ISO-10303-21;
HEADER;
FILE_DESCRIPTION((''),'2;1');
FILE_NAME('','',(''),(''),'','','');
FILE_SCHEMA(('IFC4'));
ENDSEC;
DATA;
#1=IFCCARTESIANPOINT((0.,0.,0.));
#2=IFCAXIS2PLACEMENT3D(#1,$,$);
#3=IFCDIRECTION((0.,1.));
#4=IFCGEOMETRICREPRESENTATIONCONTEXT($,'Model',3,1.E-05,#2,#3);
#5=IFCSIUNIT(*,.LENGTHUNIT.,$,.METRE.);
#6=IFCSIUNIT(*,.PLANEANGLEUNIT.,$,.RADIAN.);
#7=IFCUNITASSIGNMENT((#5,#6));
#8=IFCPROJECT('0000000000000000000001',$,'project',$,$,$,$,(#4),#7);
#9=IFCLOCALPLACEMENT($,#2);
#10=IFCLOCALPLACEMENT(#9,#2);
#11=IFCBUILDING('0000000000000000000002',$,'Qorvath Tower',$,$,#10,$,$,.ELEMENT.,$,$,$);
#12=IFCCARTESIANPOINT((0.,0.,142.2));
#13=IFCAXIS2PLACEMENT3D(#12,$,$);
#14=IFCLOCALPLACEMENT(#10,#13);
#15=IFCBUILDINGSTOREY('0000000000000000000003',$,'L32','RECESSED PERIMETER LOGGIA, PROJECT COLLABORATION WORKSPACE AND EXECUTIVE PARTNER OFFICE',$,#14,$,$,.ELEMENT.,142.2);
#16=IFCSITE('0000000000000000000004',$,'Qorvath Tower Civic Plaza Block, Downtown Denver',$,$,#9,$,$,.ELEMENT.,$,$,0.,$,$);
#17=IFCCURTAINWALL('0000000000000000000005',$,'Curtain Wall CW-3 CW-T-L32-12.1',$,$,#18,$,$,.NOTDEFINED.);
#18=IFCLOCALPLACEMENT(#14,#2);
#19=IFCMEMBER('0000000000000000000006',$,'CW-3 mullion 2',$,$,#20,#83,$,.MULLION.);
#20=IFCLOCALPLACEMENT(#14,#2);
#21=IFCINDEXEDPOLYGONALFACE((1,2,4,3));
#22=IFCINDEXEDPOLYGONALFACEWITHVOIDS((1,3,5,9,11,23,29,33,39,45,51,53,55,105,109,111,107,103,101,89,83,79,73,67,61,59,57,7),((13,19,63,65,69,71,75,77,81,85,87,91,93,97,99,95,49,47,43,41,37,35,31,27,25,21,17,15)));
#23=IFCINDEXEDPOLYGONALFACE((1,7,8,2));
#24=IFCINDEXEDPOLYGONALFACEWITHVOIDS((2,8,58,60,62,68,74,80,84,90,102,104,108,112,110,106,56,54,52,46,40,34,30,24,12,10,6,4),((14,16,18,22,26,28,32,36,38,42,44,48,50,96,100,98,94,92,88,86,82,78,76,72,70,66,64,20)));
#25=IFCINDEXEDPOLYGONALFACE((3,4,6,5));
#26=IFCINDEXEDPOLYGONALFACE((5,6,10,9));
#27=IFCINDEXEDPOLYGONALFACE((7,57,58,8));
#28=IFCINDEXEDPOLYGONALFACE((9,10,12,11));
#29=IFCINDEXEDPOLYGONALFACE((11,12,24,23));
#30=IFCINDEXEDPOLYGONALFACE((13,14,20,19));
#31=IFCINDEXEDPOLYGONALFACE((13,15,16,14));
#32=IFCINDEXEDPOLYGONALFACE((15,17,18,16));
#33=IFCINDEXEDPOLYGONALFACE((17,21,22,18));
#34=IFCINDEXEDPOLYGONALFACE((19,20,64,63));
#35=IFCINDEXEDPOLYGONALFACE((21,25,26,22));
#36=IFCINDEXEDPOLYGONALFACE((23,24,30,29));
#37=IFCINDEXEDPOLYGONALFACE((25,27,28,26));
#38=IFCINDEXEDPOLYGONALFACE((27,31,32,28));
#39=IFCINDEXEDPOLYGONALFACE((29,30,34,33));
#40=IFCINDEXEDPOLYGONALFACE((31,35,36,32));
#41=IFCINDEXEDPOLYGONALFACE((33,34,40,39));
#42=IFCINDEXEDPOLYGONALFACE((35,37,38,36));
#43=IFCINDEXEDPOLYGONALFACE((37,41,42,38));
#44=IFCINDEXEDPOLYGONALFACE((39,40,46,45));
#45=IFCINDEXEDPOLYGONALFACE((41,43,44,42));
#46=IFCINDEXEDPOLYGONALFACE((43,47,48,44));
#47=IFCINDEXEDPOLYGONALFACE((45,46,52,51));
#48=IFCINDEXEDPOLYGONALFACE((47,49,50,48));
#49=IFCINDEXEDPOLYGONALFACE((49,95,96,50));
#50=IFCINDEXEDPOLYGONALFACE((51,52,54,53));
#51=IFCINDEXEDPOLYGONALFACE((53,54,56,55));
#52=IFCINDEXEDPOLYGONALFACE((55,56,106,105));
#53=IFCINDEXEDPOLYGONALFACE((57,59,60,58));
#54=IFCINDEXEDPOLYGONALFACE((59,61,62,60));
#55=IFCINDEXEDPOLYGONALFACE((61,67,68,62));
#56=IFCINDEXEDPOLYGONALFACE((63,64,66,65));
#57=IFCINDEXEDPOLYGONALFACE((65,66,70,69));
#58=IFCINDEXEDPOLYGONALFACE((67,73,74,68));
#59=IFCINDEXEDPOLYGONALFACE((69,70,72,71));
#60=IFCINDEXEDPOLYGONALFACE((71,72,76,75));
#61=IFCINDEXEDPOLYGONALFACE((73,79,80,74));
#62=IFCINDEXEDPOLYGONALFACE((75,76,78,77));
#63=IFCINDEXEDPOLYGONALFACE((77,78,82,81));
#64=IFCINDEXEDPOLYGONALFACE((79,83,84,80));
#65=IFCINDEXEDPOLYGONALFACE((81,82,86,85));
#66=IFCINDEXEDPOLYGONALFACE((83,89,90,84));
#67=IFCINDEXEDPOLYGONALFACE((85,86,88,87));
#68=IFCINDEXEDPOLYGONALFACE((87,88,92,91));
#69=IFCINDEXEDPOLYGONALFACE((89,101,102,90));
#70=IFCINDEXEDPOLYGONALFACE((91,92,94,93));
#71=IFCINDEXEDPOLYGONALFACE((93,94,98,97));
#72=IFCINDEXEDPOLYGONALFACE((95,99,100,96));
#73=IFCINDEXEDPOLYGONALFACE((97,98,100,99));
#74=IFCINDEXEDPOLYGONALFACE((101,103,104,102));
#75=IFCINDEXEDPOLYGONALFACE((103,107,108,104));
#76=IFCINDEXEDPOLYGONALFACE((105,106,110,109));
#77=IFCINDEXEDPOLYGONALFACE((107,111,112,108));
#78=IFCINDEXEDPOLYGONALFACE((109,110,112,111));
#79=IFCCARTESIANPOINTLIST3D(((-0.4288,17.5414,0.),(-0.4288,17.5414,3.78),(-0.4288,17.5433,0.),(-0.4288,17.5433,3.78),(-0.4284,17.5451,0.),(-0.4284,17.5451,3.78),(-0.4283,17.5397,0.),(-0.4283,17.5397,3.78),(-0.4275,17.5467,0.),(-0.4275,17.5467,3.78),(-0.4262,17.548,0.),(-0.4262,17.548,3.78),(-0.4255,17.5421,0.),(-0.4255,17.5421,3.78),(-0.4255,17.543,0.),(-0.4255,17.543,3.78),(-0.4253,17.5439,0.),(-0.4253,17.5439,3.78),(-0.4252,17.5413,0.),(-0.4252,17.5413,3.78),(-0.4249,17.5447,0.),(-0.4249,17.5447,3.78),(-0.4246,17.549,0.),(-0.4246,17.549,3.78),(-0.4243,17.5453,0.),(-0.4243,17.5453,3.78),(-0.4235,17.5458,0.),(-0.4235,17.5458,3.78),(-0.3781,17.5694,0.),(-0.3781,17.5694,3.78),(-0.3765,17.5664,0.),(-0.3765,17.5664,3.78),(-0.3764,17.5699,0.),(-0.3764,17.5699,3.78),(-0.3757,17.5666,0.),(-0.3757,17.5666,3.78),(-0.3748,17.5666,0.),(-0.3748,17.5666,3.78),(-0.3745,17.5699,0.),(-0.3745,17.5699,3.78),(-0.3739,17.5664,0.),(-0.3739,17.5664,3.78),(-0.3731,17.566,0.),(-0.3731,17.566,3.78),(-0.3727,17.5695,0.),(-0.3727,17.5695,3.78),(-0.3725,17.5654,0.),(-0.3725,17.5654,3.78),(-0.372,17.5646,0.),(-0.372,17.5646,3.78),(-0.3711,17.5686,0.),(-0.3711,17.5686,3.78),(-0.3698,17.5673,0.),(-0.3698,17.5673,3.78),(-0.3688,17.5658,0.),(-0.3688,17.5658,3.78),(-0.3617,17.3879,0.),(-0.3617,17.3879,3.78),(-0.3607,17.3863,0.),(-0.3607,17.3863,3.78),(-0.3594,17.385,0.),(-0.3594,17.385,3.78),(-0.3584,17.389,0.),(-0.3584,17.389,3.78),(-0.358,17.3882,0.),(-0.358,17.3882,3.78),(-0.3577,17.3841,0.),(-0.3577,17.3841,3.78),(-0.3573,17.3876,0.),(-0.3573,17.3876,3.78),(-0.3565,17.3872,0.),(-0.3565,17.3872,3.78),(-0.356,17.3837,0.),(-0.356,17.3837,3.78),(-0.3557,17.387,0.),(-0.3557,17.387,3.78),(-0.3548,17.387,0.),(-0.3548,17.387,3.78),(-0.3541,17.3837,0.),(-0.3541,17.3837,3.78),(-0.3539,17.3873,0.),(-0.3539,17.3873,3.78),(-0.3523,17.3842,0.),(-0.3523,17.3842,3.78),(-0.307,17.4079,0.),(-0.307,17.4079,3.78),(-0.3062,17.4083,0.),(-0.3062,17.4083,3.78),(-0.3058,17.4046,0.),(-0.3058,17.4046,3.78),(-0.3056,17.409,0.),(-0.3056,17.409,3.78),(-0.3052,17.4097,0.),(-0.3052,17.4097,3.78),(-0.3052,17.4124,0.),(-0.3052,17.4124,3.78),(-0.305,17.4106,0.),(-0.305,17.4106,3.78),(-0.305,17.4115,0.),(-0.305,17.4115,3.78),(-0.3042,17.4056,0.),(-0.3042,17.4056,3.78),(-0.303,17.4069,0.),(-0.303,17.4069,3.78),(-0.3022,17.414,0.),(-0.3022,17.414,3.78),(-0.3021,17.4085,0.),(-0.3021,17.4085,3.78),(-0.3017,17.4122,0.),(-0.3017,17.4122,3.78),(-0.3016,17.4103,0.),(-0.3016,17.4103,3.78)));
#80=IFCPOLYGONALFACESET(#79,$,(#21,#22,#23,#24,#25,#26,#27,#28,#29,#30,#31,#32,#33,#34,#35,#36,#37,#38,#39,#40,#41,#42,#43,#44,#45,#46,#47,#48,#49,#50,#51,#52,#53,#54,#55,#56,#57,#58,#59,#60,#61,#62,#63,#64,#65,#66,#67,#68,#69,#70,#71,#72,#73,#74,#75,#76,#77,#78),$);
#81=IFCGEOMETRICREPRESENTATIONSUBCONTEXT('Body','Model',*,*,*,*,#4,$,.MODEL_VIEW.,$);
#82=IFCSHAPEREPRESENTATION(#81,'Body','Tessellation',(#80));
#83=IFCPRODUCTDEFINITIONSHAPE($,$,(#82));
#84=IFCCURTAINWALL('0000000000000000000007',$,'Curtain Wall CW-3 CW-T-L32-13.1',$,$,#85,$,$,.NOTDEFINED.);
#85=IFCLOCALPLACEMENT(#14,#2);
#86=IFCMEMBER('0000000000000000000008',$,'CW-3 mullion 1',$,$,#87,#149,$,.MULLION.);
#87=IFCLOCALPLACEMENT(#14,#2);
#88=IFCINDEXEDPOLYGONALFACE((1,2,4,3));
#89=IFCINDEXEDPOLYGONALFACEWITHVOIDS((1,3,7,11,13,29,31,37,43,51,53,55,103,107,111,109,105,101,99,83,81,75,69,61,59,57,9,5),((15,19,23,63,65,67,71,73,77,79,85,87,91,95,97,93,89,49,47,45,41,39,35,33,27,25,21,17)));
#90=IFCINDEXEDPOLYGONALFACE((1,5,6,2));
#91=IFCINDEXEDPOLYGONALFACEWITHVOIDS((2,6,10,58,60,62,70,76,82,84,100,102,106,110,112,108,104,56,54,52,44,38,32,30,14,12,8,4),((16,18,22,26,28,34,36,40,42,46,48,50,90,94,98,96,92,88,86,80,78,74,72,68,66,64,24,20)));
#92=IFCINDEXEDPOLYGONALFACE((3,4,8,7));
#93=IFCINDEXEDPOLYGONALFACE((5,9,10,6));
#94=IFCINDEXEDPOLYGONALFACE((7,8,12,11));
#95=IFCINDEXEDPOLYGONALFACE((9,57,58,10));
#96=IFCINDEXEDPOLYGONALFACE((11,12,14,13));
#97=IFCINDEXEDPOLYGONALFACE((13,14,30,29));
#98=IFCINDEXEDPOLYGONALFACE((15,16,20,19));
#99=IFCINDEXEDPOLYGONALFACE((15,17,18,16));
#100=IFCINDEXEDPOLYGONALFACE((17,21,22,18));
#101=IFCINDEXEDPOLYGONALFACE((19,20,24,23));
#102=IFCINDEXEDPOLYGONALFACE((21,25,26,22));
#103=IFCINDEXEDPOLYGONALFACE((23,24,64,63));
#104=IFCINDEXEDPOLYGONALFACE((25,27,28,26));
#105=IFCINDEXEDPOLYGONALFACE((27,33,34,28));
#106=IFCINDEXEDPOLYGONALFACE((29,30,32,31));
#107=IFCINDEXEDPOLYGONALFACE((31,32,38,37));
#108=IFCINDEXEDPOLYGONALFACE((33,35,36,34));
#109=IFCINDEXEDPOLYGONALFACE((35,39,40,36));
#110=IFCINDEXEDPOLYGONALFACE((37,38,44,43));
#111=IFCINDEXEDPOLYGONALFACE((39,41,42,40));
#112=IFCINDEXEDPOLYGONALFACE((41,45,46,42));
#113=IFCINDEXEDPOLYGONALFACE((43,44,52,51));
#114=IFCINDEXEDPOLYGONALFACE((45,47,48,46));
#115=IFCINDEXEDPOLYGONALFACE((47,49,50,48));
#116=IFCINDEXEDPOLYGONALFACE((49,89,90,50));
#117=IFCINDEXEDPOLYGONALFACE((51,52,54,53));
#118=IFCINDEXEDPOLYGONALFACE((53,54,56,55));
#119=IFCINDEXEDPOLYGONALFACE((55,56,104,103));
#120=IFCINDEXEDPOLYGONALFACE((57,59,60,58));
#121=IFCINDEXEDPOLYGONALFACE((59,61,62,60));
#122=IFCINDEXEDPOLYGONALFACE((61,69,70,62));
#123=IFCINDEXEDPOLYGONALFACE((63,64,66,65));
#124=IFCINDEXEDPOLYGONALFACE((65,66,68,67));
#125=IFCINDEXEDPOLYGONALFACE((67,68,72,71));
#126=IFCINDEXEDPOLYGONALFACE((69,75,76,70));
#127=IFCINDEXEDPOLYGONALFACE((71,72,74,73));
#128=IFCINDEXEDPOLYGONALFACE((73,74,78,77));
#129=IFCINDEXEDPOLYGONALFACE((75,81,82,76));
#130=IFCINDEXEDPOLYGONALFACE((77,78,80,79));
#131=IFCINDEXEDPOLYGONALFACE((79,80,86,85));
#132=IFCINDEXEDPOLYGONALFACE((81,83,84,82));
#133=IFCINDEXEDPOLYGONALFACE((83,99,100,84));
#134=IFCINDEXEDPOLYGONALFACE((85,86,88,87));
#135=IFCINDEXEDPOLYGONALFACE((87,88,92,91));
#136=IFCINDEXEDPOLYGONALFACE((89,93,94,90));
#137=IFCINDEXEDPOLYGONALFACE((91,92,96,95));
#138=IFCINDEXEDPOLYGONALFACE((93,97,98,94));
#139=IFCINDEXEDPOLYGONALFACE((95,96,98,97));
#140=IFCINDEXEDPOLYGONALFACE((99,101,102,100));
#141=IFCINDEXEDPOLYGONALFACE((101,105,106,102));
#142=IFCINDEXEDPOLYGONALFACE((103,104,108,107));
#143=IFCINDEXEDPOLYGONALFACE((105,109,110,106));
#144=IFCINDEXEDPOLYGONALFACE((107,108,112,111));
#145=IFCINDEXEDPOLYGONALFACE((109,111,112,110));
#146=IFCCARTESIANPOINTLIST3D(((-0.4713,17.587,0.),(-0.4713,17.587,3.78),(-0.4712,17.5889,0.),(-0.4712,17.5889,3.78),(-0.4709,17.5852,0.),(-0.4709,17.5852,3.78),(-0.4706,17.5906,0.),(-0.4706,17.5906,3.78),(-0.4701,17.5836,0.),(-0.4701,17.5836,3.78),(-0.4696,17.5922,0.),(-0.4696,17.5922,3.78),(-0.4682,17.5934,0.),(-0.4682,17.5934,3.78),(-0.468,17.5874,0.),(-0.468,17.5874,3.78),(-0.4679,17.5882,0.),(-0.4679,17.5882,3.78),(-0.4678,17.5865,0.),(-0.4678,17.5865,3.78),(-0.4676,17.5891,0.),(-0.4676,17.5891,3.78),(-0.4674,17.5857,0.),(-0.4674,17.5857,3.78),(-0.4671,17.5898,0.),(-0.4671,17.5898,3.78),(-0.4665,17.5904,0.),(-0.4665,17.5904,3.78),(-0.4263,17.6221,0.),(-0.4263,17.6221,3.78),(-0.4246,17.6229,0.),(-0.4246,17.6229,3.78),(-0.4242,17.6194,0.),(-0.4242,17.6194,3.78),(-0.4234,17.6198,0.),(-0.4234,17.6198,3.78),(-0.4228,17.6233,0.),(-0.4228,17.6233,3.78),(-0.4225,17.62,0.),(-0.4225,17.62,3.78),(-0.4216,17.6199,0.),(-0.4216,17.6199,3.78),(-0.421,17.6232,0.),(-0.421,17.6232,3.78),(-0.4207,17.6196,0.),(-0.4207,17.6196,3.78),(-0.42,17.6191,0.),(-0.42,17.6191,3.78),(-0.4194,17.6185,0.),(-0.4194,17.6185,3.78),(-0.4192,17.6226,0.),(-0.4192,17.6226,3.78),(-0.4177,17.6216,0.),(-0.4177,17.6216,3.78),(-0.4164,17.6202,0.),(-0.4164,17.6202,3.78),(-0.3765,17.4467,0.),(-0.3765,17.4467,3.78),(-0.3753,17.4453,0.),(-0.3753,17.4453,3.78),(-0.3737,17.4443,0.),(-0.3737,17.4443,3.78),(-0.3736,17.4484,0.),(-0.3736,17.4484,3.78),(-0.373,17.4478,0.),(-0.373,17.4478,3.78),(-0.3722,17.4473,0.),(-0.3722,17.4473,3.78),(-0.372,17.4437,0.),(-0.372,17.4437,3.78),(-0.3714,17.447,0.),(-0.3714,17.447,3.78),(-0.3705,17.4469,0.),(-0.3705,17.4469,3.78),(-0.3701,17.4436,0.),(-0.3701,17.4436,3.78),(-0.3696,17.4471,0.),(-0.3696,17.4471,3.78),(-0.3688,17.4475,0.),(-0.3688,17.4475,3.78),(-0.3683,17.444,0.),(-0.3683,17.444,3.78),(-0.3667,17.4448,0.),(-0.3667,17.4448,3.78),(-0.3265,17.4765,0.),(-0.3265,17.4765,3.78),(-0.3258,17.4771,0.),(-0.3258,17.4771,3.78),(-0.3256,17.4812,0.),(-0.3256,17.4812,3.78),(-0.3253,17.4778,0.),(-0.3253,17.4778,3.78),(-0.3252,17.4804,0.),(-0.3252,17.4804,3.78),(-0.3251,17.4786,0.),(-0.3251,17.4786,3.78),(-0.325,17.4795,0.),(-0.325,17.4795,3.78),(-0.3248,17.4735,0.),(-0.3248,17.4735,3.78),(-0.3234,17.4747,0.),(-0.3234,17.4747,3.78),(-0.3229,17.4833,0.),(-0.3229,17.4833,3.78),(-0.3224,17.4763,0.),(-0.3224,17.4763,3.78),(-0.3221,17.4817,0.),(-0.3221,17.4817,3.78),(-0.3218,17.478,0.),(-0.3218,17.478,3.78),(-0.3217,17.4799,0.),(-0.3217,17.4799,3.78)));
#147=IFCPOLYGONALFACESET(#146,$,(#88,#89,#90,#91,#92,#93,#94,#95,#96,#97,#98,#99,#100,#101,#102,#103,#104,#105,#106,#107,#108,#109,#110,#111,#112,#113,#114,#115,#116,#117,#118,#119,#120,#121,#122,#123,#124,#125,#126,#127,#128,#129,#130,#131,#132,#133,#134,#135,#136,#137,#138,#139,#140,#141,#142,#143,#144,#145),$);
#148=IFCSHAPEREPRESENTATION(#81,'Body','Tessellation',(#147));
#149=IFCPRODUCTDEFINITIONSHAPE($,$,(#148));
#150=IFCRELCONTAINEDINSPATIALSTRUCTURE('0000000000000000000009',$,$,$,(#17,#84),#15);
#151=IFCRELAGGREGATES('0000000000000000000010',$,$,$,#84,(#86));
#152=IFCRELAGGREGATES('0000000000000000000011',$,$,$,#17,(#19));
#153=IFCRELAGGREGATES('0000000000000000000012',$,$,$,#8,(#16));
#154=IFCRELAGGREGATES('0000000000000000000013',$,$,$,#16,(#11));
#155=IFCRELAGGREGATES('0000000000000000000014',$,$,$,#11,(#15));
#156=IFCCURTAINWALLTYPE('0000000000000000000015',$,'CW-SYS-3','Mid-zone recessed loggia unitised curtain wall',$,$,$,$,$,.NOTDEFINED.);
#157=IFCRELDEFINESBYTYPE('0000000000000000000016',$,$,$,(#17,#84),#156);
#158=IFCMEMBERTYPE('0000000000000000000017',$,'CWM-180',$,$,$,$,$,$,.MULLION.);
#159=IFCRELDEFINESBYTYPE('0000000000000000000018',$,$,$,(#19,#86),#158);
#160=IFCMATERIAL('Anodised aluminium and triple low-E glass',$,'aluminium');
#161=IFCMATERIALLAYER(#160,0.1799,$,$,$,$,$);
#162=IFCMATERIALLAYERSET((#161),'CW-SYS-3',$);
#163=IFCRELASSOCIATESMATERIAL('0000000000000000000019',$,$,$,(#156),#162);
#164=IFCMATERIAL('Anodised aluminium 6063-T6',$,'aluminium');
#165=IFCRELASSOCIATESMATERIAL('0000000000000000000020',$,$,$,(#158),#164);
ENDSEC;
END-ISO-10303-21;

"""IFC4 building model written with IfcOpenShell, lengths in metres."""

from ifc_helpers import new_model, si_unit, direction, frame, origin, origin_2d, place, context, subcontext, project, spatial, hollow_rectangle, extrude, material, layer, layer_set, material_profile, profile_set, type_object, element, aggregate, save


model = new_model("IFC4")

# Units and contexts
model_context = context("Model", 3, precision=1e-05, world=origin(), true_north=direction((0.0, 1.0)))
body_context = subcontext(model_context, "Body", "Model", "MODEL_VIEW")
ifc_project = project(units=[si_unit("LENGTHUNIT", "METRE"), si_unit("PLANEANGLEUNIT", "RADIAN")], contexts=[model_context])

# Site, building, storey
site_placement = place(None, origin())
site = spatial("IfcSite", under=ifc_project, at=site_placement, Name="Qorvath Tower Civic Plaza Block, Downtown Denver", CompositionType="ELEMENT", RefElevation=0.0)
building_placement = place(site_placement, origin())
building = spatial("IfcBuilding", under=site, at=building_placement, Name="Qorvath Tower", CompositionType="ELEMENT")
storey_placement = place(building_placement, frame((0.0, 0.0, 142.2)))
storey = spatial("IfcBuildingStorey", under=building, at=storey_placement, Name="L32", Description="RECESSED PERIMETER LOGGIA, PROJECT COLLABORATION WORKSPACE AND EXECUTIVE PARTNER OFFICE", CompositionType="ELEMENT", Elevation=142.2)

# Shared definitions
ifc_material_1 = material(Name="Anodised aluminium and triple low-E glass", Category="aluminium")
ifc_layer_1 = layer(ifc_material_1, 0.1799)
ifc_layer_set_1 = layer_set([ifc_layer_1], Name="CW-SYS-3")
curtain_wall_type = type_object("IfcCurtainWallType", Name="CW-SYS-3", Description="Mid-zone recessed loggia unitised curtain wall", PredefinedType="NOTDEFINED", material=ifc_layer_set_1)
ifc_material_2 = material(Name="Anodised aluminium 6063-T6", Category="aluminium")
ifc_material_profile_1 = material_profile(ifc_material_2, hollow_rectangle(XDim=0.0649, YDim=0.1799, WallThickness=0.0034, InnerFilletRadius=0.0034, OuterFilletRadius=0.0071, at=origin_2d()), Name="CWM 180x65")
ifc_profile_set_1 = profile_set([ifc_material_profile_1], Name="Anodised aluminium 6063-T6")
member_type_1 = type_object("IfcMemberType", Name="CWM-180", PredefinedType="MULLION", material=ifc_profile_set_1)

# Curtain wall, member
curtain_wall_1_placement = place(storey_placement, origin())
curtain_wall_1 = element("IfcCurtainWall", 1, at=curtain_wall_1_placement, inside=storey, type_object=curtain_wall_type, Name="Curtain Wall CW-3 CW-T-L32-12.1", PredefinedType="NOTDEFINED")
member_1_placement = place(storey_placement, frame((-0.3652, 17.4768, 0.0), z_axis=(0.0, 0.0, 1.0), x_axis=(-0.915704, -0.401854, 0.0)))
member_1 = element("IfcMember", 2, at=member_1_placement, type_object=member_type_1, Name="CW-3 mullion 2", PredefinedType="MULLION", context=body_context, shape_type="SweptSolid", body=[
    extrude(hollow_rectangle(XDim=0.0649, YDim=0.1799, WallThickness=0.0034, InnerFilletRadius=0.0034, OuterFilletRadius=0.0071, at=origin_2d()), origin(), (0.0, 0.0, 1.0), 3.78),
])

# Curtain wall, member
curtain_wall_2_placement = place(storey_placement, origin())
curtain_wall_2 = element("IfcCurtainWall", 3, at=curtain_wall_2_placement, inside=storey, type_object=curtain_wall_type, Name="Curtain Wall CW-3 CW-T-L32-13.1", PredefinedType="NOTDEFINED")
member_2_placement = place(storey_placement, frame((-0.3965, 17.5334, 0.0), z_axis=(0.0, 0.0, 1.0), x_axis=(-0.82561, -0.564241, 0.0)))
member_2 = element("IfcMember", 4, at=member_2_placement, type_object=member_type_1, Name="CW-3 mullion 1", PredefinedType="MULLION", context=body_context, shape_type="SweptSolid", body=[
    extrude(hollow_rectangle(XDim=0.0649, YDim=0.1799, WallThickness=0.0034, InnerFilletRadius=0.0034, OuterFilletRadius=0.0071, at=origin_2d()), origin(), (0.0, 0.0, 1.0), 3.78),
])

aggregate(curtain_wall_2, [member_2])

aggregate(curtain_wall_1, [member_1])

save(model, "model.ifc")
